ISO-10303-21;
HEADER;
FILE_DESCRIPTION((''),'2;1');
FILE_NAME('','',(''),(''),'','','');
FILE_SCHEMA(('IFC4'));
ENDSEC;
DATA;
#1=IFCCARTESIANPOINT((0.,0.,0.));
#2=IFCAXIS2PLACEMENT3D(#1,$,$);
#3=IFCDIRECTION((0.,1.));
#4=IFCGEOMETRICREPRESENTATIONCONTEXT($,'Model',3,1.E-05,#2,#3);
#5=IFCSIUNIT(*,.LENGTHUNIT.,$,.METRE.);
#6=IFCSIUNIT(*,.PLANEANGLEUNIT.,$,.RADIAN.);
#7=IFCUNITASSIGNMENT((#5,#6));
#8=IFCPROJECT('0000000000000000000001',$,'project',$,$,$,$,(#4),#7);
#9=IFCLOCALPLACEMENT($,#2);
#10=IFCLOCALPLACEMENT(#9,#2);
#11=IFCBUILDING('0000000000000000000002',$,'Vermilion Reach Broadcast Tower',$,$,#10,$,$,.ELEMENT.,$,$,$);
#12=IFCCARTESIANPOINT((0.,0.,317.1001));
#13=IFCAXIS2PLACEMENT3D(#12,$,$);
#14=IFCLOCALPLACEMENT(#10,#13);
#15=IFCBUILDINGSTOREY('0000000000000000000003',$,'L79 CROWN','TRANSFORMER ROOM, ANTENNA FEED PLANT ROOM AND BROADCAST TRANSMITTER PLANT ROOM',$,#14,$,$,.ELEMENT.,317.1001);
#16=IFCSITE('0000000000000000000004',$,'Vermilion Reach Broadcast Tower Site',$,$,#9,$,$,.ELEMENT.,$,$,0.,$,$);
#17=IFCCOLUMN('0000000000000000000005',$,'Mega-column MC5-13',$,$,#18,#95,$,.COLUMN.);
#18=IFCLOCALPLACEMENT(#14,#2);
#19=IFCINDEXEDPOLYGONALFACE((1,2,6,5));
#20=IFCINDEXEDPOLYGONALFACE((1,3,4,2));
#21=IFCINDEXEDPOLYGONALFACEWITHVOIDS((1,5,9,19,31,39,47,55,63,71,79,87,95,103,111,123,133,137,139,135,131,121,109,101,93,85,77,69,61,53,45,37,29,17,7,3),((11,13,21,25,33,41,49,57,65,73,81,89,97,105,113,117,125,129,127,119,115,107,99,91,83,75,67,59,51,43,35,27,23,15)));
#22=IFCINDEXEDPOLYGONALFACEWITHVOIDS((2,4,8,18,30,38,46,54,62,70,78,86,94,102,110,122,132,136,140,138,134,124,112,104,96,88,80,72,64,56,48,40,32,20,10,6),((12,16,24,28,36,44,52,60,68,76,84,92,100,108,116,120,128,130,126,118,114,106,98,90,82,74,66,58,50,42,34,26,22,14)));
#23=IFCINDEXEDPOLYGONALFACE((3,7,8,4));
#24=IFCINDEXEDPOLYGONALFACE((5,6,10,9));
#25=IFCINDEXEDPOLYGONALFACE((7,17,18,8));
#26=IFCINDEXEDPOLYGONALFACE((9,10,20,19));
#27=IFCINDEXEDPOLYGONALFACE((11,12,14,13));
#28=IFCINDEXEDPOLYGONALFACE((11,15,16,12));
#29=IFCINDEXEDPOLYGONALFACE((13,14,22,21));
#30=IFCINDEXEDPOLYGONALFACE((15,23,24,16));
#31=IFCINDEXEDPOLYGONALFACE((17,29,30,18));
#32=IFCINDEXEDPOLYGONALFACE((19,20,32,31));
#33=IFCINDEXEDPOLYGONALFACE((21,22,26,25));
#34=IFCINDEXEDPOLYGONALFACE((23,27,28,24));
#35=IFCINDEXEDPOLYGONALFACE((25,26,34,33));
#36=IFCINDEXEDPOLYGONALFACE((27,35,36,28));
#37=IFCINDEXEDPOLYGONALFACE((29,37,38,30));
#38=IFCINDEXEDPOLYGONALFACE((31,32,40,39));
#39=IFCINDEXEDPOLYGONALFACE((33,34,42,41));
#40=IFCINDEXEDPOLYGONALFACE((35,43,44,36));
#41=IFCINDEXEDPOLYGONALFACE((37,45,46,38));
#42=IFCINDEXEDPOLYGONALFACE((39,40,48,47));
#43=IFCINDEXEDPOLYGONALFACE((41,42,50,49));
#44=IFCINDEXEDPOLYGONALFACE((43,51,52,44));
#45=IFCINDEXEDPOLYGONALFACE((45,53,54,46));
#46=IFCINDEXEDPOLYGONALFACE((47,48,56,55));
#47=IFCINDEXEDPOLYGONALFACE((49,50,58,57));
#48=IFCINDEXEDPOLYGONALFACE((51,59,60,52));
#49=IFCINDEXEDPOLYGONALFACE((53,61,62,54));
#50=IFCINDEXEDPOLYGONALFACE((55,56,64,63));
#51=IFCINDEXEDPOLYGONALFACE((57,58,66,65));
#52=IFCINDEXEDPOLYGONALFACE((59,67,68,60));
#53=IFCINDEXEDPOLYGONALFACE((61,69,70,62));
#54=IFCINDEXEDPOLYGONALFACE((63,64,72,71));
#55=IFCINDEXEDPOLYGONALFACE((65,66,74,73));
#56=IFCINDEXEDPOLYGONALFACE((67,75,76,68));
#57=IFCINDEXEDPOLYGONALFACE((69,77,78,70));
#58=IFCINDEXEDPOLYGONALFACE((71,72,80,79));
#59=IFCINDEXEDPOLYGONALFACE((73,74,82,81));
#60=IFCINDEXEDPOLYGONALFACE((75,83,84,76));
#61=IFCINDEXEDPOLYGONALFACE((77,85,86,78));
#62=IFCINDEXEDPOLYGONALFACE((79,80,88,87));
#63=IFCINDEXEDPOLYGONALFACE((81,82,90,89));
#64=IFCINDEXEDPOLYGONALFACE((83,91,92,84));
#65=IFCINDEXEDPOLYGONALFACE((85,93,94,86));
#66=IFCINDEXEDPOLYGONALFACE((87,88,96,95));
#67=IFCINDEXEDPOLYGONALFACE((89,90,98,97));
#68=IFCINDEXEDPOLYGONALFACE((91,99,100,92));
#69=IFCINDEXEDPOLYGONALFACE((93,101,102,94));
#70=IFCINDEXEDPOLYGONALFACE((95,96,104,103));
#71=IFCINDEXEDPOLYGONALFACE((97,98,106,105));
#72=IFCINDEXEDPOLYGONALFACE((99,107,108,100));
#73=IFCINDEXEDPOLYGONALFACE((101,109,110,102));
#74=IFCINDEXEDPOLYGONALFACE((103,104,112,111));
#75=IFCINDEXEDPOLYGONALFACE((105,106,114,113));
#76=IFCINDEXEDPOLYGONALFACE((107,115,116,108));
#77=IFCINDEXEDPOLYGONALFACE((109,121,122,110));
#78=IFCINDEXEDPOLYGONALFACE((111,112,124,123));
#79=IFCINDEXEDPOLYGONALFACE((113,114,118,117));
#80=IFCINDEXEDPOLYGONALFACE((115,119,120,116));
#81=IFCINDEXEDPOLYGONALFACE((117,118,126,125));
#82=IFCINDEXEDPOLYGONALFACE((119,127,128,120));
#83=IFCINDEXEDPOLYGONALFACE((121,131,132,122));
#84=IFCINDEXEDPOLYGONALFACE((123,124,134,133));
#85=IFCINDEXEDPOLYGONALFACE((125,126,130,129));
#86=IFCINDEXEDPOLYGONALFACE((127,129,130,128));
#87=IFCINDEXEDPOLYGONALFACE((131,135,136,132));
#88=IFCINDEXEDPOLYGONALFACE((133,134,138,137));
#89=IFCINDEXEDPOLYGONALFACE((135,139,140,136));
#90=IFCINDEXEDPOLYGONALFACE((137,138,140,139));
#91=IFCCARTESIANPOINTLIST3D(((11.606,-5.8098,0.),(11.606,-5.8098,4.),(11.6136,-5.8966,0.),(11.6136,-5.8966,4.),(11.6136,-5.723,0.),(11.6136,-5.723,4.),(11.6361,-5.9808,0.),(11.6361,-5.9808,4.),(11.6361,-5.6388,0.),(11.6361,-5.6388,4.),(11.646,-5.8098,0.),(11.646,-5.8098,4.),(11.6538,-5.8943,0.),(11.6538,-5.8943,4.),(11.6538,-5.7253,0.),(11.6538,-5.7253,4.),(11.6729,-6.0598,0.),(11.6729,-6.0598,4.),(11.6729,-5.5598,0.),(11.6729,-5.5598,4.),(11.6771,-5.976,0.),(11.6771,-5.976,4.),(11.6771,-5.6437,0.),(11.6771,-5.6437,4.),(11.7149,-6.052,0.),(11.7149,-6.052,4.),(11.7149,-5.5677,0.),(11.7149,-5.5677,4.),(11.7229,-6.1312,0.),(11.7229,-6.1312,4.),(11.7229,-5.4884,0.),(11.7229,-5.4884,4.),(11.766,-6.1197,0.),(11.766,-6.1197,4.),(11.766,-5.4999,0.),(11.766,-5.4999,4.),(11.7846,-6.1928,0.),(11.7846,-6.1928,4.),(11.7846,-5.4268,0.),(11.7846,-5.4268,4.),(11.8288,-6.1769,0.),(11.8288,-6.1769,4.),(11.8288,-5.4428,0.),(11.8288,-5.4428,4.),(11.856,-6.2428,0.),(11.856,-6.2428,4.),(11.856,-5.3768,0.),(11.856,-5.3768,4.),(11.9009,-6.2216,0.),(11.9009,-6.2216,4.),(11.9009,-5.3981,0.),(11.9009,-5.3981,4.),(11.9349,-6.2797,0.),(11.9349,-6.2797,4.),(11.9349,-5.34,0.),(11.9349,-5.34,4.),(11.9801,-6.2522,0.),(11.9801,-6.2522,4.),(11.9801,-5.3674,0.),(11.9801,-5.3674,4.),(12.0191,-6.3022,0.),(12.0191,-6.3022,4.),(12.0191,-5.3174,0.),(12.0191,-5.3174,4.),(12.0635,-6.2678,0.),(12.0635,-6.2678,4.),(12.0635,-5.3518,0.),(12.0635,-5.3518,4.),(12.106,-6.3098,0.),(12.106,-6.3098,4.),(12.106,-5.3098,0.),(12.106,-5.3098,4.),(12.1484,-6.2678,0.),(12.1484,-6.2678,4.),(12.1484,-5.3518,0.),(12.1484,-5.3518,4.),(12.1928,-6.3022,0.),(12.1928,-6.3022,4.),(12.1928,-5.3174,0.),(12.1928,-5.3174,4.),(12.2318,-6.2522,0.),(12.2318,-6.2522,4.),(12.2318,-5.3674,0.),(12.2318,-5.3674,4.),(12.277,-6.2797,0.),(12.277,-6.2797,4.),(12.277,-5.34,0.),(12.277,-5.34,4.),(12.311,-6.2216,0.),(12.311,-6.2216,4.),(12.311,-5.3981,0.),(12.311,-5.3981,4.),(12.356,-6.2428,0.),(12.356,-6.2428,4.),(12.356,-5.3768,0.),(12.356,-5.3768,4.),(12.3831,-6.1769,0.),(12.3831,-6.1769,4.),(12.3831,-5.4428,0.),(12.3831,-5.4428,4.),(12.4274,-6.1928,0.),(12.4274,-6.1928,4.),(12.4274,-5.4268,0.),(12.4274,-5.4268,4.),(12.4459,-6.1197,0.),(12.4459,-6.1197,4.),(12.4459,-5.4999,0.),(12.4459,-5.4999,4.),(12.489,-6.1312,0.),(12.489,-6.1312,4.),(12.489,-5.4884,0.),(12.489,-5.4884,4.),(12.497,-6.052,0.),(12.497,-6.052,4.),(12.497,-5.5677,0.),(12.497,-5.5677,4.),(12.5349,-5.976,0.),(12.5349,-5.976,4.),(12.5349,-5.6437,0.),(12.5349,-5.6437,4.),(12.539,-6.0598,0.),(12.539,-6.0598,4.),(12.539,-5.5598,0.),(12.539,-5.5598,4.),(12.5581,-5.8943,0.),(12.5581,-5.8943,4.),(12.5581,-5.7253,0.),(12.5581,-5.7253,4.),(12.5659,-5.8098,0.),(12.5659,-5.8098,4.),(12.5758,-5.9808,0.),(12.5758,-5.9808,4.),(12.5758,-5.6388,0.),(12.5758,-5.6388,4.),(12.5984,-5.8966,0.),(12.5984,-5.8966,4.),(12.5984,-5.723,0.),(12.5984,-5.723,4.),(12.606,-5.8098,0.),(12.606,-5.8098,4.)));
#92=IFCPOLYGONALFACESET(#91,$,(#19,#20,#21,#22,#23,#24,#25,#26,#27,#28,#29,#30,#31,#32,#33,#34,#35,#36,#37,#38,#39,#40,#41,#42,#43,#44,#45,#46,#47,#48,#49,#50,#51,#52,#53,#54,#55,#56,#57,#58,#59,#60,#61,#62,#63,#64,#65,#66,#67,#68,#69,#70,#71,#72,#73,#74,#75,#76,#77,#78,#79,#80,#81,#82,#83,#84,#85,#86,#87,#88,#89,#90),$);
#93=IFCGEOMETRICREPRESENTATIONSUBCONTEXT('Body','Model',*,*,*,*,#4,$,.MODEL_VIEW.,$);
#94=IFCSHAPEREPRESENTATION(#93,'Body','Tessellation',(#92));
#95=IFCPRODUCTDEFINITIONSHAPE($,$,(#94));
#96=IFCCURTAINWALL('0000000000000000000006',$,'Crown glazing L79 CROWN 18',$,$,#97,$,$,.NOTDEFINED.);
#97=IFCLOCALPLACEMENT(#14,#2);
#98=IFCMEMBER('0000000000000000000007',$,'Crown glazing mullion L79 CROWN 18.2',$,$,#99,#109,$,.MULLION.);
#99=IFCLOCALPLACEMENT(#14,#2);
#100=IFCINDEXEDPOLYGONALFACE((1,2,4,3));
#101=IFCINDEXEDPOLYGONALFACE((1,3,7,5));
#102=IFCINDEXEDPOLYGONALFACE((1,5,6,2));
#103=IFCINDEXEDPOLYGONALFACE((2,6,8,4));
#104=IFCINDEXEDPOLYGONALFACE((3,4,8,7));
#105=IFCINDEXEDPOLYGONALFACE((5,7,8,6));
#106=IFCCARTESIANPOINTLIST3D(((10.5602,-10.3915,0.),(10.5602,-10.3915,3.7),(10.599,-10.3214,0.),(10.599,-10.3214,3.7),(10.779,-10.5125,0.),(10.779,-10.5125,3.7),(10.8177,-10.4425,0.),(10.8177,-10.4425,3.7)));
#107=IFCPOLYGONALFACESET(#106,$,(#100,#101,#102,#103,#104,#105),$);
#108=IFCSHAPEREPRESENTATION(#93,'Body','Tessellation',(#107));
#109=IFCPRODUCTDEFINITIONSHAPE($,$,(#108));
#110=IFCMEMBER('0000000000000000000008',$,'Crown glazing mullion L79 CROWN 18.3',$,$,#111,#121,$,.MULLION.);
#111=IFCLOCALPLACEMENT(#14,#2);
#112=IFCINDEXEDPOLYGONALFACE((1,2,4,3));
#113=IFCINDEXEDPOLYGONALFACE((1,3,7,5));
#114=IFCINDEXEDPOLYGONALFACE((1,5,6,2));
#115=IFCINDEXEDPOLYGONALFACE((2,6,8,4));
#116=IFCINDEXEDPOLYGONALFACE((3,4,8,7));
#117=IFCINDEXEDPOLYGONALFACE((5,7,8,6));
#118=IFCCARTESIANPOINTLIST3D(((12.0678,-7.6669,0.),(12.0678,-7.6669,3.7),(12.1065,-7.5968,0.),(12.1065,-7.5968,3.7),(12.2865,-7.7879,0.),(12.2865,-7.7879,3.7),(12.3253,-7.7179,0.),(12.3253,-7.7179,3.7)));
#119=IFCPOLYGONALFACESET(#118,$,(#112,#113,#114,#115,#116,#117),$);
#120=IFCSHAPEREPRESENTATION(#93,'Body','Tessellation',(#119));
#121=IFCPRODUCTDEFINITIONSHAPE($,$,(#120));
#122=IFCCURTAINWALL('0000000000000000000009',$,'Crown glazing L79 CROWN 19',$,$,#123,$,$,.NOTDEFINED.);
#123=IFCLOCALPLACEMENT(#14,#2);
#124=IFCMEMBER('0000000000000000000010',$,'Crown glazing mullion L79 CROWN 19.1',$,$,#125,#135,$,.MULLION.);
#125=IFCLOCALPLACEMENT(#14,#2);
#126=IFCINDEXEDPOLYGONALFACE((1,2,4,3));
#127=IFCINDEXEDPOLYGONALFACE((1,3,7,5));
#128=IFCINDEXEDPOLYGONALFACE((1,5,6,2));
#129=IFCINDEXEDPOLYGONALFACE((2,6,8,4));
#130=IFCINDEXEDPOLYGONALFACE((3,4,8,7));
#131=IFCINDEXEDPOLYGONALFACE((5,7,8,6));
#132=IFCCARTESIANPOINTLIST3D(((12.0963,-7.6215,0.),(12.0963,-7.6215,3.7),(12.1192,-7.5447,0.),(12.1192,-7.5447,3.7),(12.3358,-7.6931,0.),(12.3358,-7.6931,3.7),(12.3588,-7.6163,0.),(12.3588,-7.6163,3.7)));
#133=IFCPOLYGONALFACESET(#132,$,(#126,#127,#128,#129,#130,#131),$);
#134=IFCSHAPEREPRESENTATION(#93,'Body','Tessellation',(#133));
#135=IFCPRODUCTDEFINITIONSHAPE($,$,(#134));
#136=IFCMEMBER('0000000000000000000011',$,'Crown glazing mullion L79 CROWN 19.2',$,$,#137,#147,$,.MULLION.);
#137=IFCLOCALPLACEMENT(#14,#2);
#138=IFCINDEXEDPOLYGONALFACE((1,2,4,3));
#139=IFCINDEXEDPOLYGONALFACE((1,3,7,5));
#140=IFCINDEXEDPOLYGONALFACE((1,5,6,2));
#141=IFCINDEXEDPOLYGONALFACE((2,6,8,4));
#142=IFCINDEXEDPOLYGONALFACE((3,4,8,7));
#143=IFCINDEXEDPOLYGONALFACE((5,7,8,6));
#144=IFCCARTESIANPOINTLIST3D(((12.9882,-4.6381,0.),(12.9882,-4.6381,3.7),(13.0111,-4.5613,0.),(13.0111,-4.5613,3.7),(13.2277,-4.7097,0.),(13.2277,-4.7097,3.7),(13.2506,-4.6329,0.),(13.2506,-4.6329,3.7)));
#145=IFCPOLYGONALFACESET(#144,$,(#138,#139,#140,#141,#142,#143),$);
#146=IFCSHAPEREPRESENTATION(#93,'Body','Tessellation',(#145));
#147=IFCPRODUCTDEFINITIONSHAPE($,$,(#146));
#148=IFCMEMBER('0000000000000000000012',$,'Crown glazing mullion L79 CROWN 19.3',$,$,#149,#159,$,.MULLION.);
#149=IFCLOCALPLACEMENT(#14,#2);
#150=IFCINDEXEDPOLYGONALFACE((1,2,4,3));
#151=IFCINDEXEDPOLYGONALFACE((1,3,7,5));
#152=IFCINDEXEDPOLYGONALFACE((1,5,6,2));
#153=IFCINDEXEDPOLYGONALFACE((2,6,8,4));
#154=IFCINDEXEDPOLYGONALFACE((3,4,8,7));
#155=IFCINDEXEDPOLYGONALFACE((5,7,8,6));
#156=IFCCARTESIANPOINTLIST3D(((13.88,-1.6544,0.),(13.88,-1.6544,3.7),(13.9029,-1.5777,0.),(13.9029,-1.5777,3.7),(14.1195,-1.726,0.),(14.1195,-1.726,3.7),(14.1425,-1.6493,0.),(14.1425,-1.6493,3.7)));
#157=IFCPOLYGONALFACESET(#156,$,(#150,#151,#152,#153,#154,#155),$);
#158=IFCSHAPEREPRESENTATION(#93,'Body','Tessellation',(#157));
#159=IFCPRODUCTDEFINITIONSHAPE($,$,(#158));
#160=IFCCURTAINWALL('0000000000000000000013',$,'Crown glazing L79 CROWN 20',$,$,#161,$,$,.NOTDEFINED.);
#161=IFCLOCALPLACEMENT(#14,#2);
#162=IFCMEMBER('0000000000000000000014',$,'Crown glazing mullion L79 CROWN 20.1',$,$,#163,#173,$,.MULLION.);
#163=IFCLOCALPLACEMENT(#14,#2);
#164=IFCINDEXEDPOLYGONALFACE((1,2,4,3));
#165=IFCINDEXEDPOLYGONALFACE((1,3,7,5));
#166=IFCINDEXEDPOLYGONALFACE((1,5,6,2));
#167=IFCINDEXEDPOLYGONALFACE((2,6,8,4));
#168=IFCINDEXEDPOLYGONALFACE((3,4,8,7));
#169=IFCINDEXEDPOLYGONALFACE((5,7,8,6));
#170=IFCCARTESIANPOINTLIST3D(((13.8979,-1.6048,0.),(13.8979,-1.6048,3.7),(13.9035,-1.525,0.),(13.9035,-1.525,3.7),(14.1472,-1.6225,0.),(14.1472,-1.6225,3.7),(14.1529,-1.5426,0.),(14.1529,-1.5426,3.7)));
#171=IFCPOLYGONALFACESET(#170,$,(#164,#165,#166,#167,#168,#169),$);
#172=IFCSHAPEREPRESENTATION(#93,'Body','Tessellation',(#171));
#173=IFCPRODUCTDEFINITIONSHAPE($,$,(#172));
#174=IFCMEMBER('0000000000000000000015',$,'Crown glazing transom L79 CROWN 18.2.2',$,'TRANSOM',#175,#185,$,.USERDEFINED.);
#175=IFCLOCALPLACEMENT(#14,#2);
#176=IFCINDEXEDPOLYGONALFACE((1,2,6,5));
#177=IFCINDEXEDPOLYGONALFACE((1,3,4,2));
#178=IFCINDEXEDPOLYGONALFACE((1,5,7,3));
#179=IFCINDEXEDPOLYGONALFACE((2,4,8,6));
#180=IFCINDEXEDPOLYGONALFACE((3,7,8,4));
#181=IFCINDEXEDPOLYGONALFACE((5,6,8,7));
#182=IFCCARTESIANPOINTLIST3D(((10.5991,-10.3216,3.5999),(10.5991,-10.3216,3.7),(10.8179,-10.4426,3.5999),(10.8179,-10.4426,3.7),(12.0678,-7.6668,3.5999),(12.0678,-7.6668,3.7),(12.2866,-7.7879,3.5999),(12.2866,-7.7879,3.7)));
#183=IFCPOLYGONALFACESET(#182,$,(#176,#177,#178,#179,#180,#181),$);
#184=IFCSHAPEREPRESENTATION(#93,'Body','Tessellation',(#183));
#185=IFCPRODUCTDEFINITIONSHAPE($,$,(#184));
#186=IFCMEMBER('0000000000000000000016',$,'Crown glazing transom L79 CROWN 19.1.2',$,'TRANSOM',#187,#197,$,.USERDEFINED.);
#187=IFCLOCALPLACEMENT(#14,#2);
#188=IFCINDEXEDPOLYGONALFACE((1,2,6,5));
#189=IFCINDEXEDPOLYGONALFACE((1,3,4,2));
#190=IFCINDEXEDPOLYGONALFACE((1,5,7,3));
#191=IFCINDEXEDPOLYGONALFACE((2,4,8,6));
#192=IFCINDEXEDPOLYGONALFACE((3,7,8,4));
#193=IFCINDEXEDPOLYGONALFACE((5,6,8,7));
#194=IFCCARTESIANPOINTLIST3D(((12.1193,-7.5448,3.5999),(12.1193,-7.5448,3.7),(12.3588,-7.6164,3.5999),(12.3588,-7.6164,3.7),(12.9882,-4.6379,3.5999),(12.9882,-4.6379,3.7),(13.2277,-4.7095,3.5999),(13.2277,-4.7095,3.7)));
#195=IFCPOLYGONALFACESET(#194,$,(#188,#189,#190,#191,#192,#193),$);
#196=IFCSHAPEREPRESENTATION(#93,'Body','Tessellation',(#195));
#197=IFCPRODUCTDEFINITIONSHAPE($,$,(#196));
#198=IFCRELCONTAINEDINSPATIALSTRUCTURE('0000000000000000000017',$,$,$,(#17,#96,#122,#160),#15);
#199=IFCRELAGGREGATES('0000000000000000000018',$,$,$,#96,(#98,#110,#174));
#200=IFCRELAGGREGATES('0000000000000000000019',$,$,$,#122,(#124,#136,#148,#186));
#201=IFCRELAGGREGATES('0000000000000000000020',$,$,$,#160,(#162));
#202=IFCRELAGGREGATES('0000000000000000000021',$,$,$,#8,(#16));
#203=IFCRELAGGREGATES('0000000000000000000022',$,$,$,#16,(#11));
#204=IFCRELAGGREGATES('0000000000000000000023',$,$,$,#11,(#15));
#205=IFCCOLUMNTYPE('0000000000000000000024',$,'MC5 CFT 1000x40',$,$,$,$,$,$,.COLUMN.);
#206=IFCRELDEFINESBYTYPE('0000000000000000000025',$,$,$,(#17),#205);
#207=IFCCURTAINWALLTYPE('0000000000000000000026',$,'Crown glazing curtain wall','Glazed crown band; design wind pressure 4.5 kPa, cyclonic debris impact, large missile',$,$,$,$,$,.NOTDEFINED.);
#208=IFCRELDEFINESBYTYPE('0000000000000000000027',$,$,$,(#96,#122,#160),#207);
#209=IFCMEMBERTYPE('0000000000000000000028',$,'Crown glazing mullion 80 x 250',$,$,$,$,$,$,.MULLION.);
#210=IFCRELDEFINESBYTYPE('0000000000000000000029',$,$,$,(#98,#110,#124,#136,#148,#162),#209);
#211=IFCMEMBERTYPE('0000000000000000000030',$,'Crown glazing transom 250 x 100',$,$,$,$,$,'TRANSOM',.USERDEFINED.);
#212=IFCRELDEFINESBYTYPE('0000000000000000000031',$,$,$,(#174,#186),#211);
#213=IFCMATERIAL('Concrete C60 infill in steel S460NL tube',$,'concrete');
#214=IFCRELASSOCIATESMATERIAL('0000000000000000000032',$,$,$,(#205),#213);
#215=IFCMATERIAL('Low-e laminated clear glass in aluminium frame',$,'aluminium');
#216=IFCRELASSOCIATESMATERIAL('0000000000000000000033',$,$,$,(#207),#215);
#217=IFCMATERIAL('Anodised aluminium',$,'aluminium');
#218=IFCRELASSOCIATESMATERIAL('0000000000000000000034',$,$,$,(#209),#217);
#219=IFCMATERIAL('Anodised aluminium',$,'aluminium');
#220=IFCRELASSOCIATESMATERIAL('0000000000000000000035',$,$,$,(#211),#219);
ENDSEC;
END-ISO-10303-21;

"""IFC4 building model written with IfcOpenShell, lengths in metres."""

from ifc_helpers import new_model, si_unit, direction, frame, origin, origin_2d, place, context, subcontext, project, spatial, rectangle, hollow_circle, extrude, material, material_profile, profile_set, type_object, element, aggregate, save


model = new_model("IFC4")

# Units and contexts
model_context = context("Model", 3, precision=1e-05, world=origin(), true_north=direction((0.0, 1.0)))
body_context = subcontext(model_context, "Body", "Model", "MODEL_VIEW")
ifc_project = project(units=[si_unit("LENGTHUNIT", "METRE"), si_unit("PLANEANGLEUNIT", "RADIAN")], contexts=[model_context])

# Site, building, storey
site_placement = place(None, origin())
site = spatial("IfcSite", under=ifc_project, at=site_placement, Name="Vermilion Reach Broadcast Tower Site", CompositionType="ELEMENT", RefElevation=0.0)
building_placement = place(site_placement, origin())
building = spatial("IfcBuilding", under=site, at=building_placement, Name="Vermilion Reach Broadcast Tower", CompositionType="ELEMENT")
storey_placement = place(building_placement, frame((0.0, 0.0, 317.1001)))
storey = spatial("IfcBuildingStorey", under=building, at=storey_placement, Name="L79 CROWN", Description="TRANSFORMER ROOM, ANTENNA FEED PLANT ROOM AND BROADCAST TRANSMITTER PLANT ROOM", CompositionType="ELEMENT", Elevation=317.1001)

# Column
ifc_material_1 = material(Name="Concrete C60 infill in steel S460NL tube", Category="concrete")
ifc_material_profile_1 = material_profile(ifc_material_1, hollow_circle(Radius=0.5, WallThickness=0.04, at=origin_2d()), Name="Concrete C60 infill in steel S460NL tube CFT 1000x40")
ifc_profile_set_1 = profile_set([ifc_material_profile_1], Name="Concrete C60 infill in steel S460NL tube")
column_type = type_object("IfcColumnType", Name="MC5 CFT 1000x40", PredefinedType="COLUMN", material=ifc_profile_set_1)
column_placement = place(storey_placement, frame((12.106, -5.8098, 0.0), z_axis=(0.0, 0.0, 1.0), x_axis=(1.0, 0.0, 0.0)))
element("IfcColumn", 1, at=column_placement, inside=storey, type_object=column_type, Name="Mega-column MC5-13", PredefinedType="COLUMN", context=body_context, shape_type="SweptSolid", body=[
    extrude(hollow_circle(Radius=0.5, WallThickness=0.04, at=origin_2d()), origin(), (0.0, 0.0, 1.0), 4.0),
])

# Curtain walls, members
ifc_material_2 = material(Name="Low-e laminated clear glass in aluminium frame", Category="aluminium")
curtain_wall_type = type_object("IfcCurtainWallType", Name="Crown glazing curtain wall", Description="Glazed crown band; design wind pressure 4.5 kPa, cyclonic debris impact, large missile", PredefinedType="NOTDEFINED", material=ifc_material_2)
placement = place(storey_placement, origin())
curtain_wall_1 = element("IfcCurtainWall", 2, at=placement, inside=storey, type_object=curtain_wall_type, Name="Crown glazing L79 CROWN 18", PredefinedType="NOTDEFINED")
ifc_material_3 = material(Name="Anodised aluminium", Category="aluminium")
ifc_material_profile_2 = material_profile(ifc_material_3, rectangle(XDim=0.25, YDim=0.0801, at=origin_2d()), Name="Crown glazing mullion 80 x 250")
ifc_profile_set_2 = profile_set([ifc_material_profile_2], Name="Anodised aluminium")
member_type_1 = type_object("IfcMemberType", Name="Crown glazing mullion 80 x 250", PredefinedType="MULLION", material=ifc_profile_set_2)
member_1_placement = place(storey_placement, frame((10.689, -10.417, 0.0), z_axis=(0.0, 0.0, 1.0), x_axis=(-0.874983, 0.484153, 0.0)))
member_1 = element("IfcMember", 3, at=member_1_placement, type_object=member_type_1, Name="Crown glazing mullion L79 CROWN 18.2", PredefinedType="MULLION", context=body_context, shape_type="SweptSolid", body=[
    extrude(rectangle(XDim=0.25, YDim=0.0801, at=origin_2d()), origin(), (0.0, 0.0, 1.0), 3.7),
])
member_2_placement = place(storey_placement, frame((12.1965, -7.6924, 0.0), z_axis=(0.0, 0.0, 1.0), x_axis=(-0.874983, 0.484153, 0.0)))
member_2 = element("IfcMember", 4, at=member_2_placement, type_object=member_type_1, Name="Crown glazing mullion L79 CROWN 18.3", PredefinedType="MULLION", context=body_context, shape_type="SweptSolid", body=[
    extrude(rectangle(XDim=0.25, YDim=0.0801, at=origin_2d()), origin(), (0.0, 0.0, 1.0), 3.7),
])
curtain_wall_2 = element("IfcCurtainWall", 5, at=placement, inside=storey, type_object=curtain_wall_type, Name="Crown glazing L79 CROWN 19", PredefinedType="NOTDEFINED")
member_3_placement = place(storey_placement, frame((12.2275, -7.6189, 0.0), z_axis=(0.0, 0.0, 1.0), x_axis=(-0.958108, 0.286407, 0.0)))
member_3 = element("IfcMember", 6, at=member_3_placement, type_object=member_type_1, Name="Crown glazing mullion L79 CROWN 19.1", PredefinedType="MULLION", context=body_context, shape_type="SweptSolid", body=[
    extrude(rectangle(XDim=0.25, YDim=0.0801, at=origin_2d()), origin(), (0.0, 0.0, 1.0), 3.7),
])
member_4_placement = place(storey_placement, frame((13.1194, -4.6355, 0.0), z_axis=(0.0, 0.0, 1.0), x_axis=(-0.958108, 0.286407, 0.0)))
member_4 = element("IfcMember", 7, at=member_4_placement, type_object=member_type_1, Name="Crown glazing mullion L79 CROWN 19.2", PredefinedType="MULLION", context=body_context, shape_type="SweptSolid", body=[
    extrude(rectangle(XDim=0.25, YDim=0.0801, at=origin_2d()), origin(), (0.0, 0.0, 1.0), 3.7),
])
member_5_placement = place(storey_placement, frame((14.0112, -1.6519, 0.0), z_axis=(0.0, 0.0, 1.0), x_axis=(-0.958108, 0.286407, 0.0)))
member_5 = element("IfcMember", 8, at=member_5_placement, type_object=member_type_1, Name="Crown glazing mullion L79 CROWN 19.3", PredefinedType="MULLION", context=body_context, shape_type="SweptSolid", body=[
    extrude(rectangle(XDim=0.25, YDim=0.0801, at=origin_2d()), origin(), (0.0, 0.0, 1.0), 3.7),
])

# Curtain wall, member
curtain_wall_3 = element("IfcCurtainWall", 9, at=placement, inside=storey, type_object=curtain_wall_type, Name="Crown glazing L79 CROWN 20", PredefinedType="NOTDEFINED")
member_6_placement = place(storey_placement, frame((14.0254, -1.5737, 0.0), z_axis=(0.0, 0.0, 1.0), x_axis=(-0.9975, 0.070673, 0.0)))
member_6 = element("IfcMember", 10, at=member_6_placement, type_object=member_type_1, Name="Crown glazing mullion L79 CROWN 20.1", PredefinedType="MULLION", context=body_context, shape_type="SweptSolid", body=[
    extrude(rectangle(XDim=0.25, YDim=0.0801, at=origin_2d()), origin(), (0.0, 0.0, 1.0), 3.7),
])

# Members
ifc_material_4 = material(Name="Anodised aluminium", Category="aluminium")
ifc_material_profile_3 = material_profile(ifc_material_4, rectangle(XDim=0.25, YDim=0.1001, at=origin_2d()), Name="Crown glazing transom 250 x 100")
ifc_profile_set_3 = profile_set([ifc_material_profile_3], Name="Anodised aluminium")
member_type_2 = type_object("IfcMemberType", Name="Crown glazing transom 250 x 100", ElementType="TRANSOM", PredefinedType="USERDEFINED", material=ifc_profile_set_3)
member_7_placement = place(storey_placement, frame((10.7085, -10.3821, 3.6499), z_axis=(0.484098, 0.875014, 0.0), x_axis=(-0.875014, 0.484098, 0.0)))
member_7 = element("IfcMember", 11, at=member_7_placement, type_object=member_type_2, Name="Crown glazing transom L79 CROWN 18.2.2", ObjectType="TRANSOM", PredefinedType="USERDEFINED", context=body_context, shape_type="SweptSolid", body=[
    extrude(rectangle(XDim=0.25, YDim=0.1001, at=origin_2d()), origin(), (0.0, 0.0, 1.0), 3.0339),
])
member_8_placement = place(storey_placement, frame((12.239, -7.5806, 3.6499), z_axis=(0.286403, 0.958109, 0.0), x_axis=(-0.958109, 0.286403, 0.0)))
member_8 = element("IfcMember", 12, at=member_8_placement, type_object=member_type_2, Name="Crown glazing transom L79 CROWN 19.1.2", ObjectType="TRANSOM", PredefinedType="USERDEFINED", context=body_context, shape_type="SweptSolid", body=[
    extrude(rectangle(XDim=0.25, YDim=0.1001, at=origin_2d()), origin(), (0.0, 0.0, 1.0), 3.0339),
])

aggregate(curtain_wall_1, [member_1, member_2, member_7])
aggregate(curtain_wall_2, [member_3, member_4, member_5, member_8])
aggregate(curtain_wall_3, [member_6])

save(model, "model.ifc")
